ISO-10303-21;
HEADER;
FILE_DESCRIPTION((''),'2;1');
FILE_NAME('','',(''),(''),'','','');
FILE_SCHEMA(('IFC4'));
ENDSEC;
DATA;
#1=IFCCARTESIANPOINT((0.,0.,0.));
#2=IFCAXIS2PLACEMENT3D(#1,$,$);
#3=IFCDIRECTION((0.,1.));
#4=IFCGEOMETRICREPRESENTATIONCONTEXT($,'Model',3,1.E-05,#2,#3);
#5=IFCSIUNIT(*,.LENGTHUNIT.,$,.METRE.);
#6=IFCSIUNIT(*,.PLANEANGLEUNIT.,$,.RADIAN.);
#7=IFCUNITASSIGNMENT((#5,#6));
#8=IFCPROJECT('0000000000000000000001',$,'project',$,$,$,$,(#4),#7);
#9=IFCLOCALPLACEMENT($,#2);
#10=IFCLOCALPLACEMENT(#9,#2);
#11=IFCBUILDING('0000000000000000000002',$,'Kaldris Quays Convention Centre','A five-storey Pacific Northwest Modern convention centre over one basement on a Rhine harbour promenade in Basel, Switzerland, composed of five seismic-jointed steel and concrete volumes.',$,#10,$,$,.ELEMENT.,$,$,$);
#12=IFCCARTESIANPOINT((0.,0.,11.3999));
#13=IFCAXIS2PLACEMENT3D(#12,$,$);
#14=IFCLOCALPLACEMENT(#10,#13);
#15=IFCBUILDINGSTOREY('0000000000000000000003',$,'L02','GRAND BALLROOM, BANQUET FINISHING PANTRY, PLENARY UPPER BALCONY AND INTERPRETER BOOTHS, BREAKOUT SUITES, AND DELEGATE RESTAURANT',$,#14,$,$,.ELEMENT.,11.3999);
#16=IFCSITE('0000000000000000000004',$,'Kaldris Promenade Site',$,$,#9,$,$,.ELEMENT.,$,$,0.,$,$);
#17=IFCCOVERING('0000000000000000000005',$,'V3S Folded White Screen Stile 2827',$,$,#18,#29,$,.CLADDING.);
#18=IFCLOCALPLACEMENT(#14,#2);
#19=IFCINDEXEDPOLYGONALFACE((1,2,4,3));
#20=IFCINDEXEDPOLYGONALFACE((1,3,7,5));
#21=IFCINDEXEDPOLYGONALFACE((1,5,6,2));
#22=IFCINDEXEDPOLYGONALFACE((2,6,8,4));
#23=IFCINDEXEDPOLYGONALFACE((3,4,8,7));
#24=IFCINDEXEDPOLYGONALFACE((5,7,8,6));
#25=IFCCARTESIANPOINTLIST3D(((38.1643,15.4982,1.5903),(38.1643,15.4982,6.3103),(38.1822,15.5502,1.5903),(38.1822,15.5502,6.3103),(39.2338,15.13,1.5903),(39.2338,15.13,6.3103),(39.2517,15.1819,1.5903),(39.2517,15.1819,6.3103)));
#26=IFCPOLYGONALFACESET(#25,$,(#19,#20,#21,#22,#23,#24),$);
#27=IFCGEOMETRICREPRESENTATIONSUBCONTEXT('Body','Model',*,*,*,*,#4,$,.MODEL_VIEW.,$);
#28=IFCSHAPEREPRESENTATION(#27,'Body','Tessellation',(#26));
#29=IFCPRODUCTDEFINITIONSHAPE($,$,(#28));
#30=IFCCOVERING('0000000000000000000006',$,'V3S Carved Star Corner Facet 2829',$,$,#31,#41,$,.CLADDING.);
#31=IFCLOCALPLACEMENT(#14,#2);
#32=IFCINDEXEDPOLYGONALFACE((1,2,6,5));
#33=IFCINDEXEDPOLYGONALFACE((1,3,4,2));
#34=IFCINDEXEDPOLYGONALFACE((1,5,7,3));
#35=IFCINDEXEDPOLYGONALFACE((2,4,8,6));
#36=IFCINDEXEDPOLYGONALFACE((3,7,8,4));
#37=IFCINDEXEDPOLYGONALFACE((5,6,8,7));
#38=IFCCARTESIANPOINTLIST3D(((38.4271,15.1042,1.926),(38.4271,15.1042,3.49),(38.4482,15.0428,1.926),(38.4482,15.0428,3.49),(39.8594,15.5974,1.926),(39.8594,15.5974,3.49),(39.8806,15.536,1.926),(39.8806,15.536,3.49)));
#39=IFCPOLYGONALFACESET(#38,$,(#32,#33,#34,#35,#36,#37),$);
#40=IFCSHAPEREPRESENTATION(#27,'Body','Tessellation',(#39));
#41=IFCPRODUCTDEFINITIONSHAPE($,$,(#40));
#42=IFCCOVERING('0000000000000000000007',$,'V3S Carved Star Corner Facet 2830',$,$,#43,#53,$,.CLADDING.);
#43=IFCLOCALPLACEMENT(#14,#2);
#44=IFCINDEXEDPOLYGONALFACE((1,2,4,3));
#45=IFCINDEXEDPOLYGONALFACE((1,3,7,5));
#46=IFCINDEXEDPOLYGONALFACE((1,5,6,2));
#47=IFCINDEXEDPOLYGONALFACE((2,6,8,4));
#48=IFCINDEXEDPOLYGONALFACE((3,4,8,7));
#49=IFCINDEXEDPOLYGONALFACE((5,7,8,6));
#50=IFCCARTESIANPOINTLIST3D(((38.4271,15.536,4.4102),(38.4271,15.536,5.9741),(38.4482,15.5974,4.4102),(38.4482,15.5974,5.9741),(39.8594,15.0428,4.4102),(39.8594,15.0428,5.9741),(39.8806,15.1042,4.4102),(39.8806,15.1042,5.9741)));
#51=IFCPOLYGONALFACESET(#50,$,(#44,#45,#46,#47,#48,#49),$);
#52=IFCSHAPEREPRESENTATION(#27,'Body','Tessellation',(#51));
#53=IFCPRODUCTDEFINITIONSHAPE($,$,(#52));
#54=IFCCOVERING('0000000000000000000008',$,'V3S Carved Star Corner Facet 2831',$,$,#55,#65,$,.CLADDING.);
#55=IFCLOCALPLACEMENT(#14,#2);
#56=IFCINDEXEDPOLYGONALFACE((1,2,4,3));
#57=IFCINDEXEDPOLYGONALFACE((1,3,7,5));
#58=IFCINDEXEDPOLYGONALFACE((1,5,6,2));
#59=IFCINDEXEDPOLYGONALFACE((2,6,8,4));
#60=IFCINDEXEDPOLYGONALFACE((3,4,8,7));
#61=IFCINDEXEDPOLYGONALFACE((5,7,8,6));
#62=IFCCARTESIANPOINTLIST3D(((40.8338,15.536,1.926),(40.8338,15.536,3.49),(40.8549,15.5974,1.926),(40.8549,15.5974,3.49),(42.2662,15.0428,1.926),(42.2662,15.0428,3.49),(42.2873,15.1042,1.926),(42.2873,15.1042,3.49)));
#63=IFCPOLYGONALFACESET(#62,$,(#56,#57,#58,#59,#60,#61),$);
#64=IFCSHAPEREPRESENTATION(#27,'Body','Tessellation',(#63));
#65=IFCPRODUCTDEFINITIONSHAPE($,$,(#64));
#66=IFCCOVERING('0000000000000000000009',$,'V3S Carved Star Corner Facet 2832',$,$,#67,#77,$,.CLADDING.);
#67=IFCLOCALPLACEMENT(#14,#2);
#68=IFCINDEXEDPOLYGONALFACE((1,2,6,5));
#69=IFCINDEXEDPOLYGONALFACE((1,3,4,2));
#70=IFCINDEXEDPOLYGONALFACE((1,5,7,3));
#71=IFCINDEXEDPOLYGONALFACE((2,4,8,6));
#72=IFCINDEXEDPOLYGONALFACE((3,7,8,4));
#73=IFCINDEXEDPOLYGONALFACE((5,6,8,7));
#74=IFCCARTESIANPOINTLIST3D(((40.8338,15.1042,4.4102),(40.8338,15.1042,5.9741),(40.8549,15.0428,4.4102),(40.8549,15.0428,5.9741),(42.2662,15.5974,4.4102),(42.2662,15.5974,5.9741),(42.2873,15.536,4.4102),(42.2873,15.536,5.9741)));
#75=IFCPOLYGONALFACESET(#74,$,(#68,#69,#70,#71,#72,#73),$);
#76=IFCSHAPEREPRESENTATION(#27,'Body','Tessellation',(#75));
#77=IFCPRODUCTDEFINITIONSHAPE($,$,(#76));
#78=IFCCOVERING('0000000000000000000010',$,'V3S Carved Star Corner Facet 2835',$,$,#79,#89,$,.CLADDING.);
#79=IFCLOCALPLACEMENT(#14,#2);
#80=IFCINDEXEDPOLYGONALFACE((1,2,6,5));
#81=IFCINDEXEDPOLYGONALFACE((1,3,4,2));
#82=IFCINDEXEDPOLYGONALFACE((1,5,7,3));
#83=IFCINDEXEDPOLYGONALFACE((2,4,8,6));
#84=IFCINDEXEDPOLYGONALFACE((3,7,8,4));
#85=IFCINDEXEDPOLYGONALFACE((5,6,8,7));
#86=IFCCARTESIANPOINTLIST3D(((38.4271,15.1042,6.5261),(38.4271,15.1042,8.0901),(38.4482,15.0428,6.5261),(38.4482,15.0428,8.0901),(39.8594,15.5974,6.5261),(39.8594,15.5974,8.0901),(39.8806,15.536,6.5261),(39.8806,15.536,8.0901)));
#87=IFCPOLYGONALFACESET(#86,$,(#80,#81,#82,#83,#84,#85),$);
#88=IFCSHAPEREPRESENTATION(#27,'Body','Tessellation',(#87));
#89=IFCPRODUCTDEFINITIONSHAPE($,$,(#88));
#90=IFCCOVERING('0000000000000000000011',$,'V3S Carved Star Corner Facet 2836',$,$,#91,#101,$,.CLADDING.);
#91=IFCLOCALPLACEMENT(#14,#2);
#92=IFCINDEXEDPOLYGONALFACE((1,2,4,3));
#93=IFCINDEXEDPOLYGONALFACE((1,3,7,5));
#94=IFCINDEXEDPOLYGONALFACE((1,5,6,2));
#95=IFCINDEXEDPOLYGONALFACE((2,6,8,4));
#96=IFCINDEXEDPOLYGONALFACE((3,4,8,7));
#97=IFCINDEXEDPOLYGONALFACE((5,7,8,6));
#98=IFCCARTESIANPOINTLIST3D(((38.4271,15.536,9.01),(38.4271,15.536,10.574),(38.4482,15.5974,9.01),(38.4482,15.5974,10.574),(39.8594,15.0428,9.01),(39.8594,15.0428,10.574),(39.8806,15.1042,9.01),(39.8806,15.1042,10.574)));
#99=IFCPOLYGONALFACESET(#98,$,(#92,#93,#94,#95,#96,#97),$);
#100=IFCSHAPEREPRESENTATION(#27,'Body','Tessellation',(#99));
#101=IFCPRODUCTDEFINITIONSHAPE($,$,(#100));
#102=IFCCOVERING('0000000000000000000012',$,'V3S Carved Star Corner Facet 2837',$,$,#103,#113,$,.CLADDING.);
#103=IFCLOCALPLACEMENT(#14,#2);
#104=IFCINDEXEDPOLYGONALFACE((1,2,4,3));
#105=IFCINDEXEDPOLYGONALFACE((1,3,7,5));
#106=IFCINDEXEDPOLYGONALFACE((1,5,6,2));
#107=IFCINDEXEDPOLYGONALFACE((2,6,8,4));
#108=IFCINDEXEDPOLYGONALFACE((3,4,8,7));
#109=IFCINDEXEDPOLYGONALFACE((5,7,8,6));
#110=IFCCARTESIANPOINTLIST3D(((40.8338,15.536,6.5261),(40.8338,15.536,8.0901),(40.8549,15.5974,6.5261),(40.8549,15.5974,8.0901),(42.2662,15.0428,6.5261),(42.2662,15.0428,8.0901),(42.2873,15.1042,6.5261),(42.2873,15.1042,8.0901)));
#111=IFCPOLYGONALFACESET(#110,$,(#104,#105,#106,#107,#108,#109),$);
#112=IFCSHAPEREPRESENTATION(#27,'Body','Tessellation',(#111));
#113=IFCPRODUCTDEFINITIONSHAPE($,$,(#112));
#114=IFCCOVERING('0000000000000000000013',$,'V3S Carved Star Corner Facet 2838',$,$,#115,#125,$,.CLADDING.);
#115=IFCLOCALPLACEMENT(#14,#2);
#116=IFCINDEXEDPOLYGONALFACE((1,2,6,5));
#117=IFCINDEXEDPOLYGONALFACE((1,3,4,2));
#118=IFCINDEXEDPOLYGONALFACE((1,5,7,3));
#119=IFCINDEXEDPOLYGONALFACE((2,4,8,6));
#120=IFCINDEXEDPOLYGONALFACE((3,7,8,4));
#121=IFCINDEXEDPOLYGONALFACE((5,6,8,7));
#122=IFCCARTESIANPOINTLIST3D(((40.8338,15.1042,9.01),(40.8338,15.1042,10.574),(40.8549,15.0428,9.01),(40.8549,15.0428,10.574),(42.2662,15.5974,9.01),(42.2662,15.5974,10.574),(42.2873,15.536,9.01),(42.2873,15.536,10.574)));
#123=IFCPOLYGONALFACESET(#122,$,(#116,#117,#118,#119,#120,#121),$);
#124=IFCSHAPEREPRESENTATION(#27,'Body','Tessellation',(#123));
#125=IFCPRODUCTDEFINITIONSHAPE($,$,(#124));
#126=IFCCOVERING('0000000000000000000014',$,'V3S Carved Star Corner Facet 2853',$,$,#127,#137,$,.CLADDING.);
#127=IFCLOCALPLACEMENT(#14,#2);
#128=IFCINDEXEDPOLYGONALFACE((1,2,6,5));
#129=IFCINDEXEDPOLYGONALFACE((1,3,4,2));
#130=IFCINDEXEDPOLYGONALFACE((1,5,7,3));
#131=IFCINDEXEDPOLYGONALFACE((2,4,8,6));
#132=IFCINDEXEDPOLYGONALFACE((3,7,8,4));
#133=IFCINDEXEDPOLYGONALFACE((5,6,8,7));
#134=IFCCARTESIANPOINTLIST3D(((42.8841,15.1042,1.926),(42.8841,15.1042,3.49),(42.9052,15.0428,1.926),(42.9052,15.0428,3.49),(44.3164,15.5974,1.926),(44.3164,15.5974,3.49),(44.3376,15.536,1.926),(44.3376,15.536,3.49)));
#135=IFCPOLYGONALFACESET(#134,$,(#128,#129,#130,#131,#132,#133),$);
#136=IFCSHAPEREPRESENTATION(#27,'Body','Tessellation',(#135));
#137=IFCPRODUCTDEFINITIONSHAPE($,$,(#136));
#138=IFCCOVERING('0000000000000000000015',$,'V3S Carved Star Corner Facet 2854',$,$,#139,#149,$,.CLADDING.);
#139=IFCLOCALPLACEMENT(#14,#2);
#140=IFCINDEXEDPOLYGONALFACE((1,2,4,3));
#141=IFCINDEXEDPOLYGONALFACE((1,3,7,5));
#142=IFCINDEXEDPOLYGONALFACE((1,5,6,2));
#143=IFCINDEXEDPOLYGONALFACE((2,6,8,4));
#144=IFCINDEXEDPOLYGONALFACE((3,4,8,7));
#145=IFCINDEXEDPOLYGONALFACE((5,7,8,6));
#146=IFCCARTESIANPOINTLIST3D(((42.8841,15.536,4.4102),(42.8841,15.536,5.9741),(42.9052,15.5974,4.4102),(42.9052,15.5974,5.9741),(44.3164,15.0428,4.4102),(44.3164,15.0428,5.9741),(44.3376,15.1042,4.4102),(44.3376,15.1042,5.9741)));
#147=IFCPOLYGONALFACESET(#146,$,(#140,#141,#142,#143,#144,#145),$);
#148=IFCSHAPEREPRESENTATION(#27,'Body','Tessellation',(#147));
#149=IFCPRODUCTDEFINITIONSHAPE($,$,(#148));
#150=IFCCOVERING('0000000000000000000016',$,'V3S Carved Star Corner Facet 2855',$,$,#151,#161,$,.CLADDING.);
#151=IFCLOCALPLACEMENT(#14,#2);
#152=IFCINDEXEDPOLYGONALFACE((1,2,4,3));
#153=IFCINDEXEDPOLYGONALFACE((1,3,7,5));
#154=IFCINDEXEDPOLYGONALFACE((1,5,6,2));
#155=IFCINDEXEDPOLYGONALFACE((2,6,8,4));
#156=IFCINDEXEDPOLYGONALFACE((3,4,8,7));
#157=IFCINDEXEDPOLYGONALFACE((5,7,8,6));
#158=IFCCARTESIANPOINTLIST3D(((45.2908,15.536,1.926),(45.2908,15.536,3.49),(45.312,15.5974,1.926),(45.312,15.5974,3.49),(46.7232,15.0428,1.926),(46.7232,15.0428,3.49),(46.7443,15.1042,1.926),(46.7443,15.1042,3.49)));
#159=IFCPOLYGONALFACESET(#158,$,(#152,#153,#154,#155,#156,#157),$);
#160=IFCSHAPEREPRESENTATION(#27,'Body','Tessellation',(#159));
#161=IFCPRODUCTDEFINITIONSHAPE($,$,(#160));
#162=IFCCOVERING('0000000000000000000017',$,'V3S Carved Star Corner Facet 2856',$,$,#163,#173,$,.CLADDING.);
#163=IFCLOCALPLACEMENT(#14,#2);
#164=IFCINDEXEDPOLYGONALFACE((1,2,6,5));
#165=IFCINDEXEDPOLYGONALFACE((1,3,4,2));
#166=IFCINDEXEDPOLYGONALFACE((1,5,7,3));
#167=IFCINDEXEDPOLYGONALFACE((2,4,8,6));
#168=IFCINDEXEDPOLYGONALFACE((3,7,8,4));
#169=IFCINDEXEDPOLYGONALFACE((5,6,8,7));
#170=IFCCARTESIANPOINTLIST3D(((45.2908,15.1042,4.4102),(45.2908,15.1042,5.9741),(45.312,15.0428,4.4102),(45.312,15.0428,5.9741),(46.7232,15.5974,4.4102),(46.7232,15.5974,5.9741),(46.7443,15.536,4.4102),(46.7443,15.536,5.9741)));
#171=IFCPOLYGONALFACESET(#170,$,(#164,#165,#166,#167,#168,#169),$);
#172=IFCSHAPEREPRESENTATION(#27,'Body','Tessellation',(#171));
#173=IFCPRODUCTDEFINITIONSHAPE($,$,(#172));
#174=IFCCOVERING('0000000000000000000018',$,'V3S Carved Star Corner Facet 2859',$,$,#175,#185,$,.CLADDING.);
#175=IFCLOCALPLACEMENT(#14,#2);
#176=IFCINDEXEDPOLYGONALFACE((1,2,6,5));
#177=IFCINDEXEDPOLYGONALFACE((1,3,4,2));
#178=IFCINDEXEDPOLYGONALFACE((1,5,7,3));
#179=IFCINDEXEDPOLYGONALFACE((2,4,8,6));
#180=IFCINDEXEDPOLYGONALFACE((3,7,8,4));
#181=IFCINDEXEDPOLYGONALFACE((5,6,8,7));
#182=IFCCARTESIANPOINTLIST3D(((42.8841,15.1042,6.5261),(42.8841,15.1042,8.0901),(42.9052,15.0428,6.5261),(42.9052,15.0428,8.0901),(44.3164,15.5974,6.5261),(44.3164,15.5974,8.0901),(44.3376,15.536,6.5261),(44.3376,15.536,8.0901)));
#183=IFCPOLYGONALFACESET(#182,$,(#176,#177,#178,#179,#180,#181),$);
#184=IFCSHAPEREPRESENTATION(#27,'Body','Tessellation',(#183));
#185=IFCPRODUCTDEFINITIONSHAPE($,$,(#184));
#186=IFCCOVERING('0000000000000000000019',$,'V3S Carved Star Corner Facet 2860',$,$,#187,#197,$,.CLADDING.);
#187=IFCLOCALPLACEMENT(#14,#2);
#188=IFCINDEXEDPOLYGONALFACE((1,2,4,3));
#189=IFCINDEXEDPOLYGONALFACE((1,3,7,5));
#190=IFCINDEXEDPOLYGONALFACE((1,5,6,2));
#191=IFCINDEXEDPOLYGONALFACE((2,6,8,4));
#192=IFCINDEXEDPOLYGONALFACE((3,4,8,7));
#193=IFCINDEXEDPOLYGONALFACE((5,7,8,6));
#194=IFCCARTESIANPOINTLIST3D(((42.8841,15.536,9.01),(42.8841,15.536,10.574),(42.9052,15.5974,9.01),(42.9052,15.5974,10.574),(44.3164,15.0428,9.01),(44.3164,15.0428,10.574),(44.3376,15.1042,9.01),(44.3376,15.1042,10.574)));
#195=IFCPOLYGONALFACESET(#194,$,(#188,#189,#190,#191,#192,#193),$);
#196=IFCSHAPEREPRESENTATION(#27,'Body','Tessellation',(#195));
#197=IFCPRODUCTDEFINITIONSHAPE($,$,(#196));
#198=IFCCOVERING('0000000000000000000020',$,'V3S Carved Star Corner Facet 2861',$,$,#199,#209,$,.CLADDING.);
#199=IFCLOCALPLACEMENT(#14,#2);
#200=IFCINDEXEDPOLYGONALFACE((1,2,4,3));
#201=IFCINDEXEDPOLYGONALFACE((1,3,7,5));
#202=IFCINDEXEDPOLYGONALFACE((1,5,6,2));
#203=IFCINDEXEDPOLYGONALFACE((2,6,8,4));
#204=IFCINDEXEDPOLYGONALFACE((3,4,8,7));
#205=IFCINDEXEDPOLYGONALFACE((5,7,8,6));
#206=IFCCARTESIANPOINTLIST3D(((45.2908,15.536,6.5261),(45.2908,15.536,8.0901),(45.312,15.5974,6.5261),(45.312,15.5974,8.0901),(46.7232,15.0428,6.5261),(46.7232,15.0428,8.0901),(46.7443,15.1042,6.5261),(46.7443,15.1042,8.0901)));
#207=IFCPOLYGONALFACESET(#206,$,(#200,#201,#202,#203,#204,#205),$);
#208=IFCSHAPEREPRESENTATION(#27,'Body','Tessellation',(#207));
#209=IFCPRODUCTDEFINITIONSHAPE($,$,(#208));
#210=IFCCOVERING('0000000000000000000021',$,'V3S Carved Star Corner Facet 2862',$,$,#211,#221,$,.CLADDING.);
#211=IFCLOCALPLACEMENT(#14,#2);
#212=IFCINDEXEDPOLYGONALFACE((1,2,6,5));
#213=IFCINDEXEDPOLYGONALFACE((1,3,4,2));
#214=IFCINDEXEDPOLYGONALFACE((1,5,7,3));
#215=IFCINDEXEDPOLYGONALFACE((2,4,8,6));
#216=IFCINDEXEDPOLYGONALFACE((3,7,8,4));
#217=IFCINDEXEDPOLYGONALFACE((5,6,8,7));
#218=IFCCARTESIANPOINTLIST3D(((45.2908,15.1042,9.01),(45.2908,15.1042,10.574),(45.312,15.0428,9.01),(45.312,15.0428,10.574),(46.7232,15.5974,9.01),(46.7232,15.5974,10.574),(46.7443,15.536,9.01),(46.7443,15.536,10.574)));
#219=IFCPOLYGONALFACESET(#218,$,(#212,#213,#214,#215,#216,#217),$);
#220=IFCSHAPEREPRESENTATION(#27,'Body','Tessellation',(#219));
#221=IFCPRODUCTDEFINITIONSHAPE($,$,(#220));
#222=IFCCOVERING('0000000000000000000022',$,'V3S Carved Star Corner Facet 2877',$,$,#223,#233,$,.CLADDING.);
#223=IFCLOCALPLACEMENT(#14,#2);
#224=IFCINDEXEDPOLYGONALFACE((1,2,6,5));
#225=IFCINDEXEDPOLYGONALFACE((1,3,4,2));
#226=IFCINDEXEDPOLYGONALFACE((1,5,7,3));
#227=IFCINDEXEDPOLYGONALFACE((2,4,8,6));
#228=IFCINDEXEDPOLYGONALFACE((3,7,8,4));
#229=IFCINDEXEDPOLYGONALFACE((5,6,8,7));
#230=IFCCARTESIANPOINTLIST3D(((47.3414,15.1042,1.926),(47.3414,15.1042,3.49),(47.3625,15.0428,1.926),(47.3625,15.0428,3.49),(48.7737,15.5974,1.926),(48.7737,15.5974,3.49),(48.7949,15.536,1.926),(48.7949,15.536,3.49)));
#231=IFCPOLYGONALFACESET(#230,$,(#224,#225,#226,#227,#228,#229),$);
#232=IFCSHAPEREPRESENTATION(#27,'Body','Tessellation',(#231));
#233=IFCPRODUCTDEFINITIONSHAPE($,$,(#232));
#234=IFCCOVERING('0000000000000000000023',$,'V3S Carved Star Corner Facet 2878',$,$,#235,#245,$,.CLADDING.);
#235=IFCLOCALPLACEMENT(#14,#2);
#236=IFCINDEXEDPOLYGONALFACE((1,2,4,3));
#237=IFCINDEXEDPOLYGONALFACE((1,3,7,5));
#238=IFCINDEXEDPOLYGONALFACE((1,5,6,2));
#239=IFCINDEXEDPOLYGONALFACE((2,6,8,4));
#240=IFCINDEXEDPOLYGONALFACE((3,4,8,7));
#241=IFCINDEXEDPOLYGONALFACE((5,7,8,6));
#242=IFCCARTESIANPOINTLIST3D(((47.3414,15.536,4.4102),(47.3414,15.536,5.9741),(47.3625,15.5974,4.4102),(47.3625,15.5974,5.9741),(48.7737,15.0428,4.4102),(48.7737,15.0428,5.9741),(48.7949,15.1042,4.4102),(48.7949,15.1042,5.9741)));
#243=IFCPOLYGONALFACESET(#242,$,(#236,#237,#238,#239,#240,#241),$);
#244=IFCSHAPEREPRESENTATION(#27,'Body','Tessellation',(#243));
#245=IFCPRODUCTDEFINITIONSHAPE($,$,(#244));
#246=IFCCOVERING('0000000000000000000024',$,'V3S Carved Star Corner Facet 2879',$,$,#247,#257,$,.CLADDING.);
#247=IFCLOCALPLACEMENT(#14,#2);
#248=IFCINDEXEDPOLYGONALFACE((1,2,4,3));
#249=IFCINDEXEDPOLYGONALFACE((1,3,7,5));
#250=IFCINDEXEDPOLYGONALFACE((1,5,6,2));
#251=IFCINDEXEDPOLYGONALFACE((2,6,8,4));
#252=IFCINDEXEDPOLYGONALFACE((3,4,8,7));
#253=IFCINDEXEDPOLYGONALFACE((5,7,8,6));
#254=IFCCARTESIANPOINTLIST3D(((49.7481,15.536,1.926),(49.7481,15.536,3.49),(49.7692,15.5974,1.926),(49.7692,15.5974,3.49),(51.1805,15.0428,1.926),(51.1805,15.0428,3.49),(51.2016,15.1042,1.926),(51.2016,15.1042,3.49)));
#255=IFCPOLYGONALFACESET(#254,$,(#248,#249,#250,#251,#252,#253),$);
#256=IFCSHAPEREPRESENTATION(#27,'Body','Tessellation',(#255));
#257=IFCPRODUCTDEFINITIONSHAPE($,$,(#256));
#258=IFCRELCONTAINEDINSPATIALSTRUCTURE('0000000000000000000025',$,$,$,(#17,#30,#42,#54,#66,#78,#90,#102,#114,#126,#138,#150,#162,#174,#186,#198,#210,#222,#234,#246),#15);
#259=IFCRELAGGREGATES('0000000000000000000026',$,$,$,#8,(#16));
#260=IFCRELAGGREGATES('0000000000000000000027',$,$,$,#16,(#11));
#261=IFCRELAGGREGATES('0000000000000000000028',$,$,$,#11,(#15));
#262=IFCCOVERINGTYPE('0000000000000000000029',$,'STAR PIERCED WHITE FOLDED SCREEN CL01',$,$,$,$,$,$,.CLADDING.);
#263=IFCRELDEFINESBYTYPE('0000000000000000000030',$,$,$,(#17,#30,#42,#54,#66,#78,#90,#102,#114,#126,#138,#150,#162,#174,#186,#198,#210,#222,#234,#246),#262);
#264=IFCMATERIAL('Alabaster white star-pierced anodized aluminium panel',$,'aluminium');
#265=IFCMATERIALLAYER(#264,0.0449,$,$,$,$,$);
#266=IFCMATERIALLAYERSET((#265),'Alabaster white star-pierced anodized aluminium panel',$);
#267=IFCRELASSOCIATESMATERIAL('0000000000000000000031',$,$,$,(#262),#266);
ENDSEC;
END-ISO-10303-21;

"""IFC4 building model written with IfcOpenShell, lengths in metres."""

from ifc_helpers import new_model, si_unit, direction, frame, origin, origin_2d, place, context, subcontext, project, spatial, rectangle, extrude, material, layer, layer_set, type_object, element, save


model = new_model("IFC4")

# Units and contexts
model_context = context("Model", 3, precision=1e-05, world=origin(), true_north=direction((0.0, 1.0)))
body_context = subcontext(model_context, "Body", "Model", "MODEL_VIEW")
ifc_project = project(units=[si_unit("LENGTHUNIT", "METRE"), si_unit("PLANEANGLEUNIT", "RADIAN")], contexts=[model_context])

# Site, building, storey
site_placement = place(None, origin())
site = spatial("IfcSite", under=ifc_project, at=site_placement, Name="Kaldris Promenade Site", CompositionType="ELEMENT", RefElevation=0.0)
building_placement = place(site_placement, origin())
building = spatial("IfcBuilding", under=site, at=building_placement, Name="Kaldris Quays Convention Centre", Description="A five-storey Pacific Northwest Modern convention centre over one basement on a Rhine harbour promenade in Basel, Switzerland, composed of five seismic-jointed steel and concrete volumes.", CompositionType="ELEMENT")
storey_placement = place(building_placement, frame((0.0, 0.0, 11.3999)))
storey = spatial("IfcBuildingStorey", under=building, at=storey_placement, Name="L02", Description="GRAND BALLROOM, BANQUET FINISHING PANTRY, PLENARY UPPER BALCONY AND INTERPRETER BOOTHS, BREAKOUT SUITES, AND DELEGATE RESTAURANT", CompositionType="ELEMENT", Elevation=11.3999)

# Coverings
ifc_material = material(Name="Alabaster white star-pierced anodized aluminium panel", Category="aluminium")
ifc_layer = layer(ifc_material, 0.0449)
ifc_layer_set = layer_set([ifc_layer], Name="Alabaster white star-pierced anodized aluminium panel")
covering_type = type_object("IfcCoveringType", Name="STAR PIERCED WHITE FOLDED SCREEN CL01", PredefinedType="CLADDING", material=ifc_layer_set)
covering_placement = place(storey_placement, frame((38.708, 15.3401, 1.5903), z_axis=(0.0, 0.0, 1.0), x_axis=(0.945519, -0.325568, 0.0)))
element("IfcCovering", 1, at=covering_placement, inside=storey, type_object=covering_type, Name="V3S Folded White Screen Stile 2827", PredefinedType="CLADDING", context=body_context, shape_type="SweptSolid", body=[
    extrude(rectangle(XDim=1.1311, YDim=0.0549, at=origin_2d()), origin(), (0.0, 0.0, 1.0), 4.72),
])
for number, where, z_axis, x_axis, name in (
    (2, (39.1538, 15.3201, 1.926), (0.0, 0.0, 1.0), (0.945519, 0.325568, 0.0), "V3S Carved Star Corner Facet 2829"),
    (3, (39.1538, 15.3201, 4.4102), (0.0, 0.0, 1.0), (0.945519, -0.325568, 0.0), "V3S Carved Star Corner Facet 2830"),
    (4, (41.5605, 15.3201, 1.926), (0.0, 0.0, 1.0), (0.945519, -0.325568, 0.0), "V3S Carved Star Corner Facet 2831"),
    (5, (41.5605, 15.3201, 4.4102), (0.0, 0.0, 1.0), (0.945519, 0.325568, 0.0), "V3S Carved Star Corner Facet 2832"),
    (6, (39.1538, 15.3201, 6.5261), (0.0, 0.0, 1.0), (0.945519, 0.325568, 0.0), "V3S Carved Star Corner Facet 2835"),
    (7, (39.1538, 15.3201, 9.01), (0.0, 0.0, 1.0), (0.945519, -0.325568, 0.0), "V3S Carved Star Corner Facet 2836"),
    (8, (41.5605, 15.3201, 6.5261), (0.0, 0.0, 1.0), (0.945519, -0.325568, 0.0), "V3S Carved Star Corner Facet 2837"),
    (9, (41.5605, 15.3201, 9.01), (0.0, 0.0, 1.0), (0.945519, 0.325568, 0.0), "V3S Carved Star Corner Facet 2838"),
    (10, (43.6108, 15.3201, 1.926), (0.0, 0.0, 1.0), (0.945519, 0.325568, 0.0), "V3S Carved Star Corner Facet 2853"),
    (11, (43.6108, 15.3201, 4.4102), (0.0, 0.0, 1.0), (0.945519, -0.325568, 0.0), "V3S Carved Star Corner Facet 2854"),
    (12, (46.0176, 15.3201, 1.926), (0.0, 0.0, 1.0), (0.945519, -0.325568, 0.0), "V3S Carved Star Corner Facet 2855"),
    (13, (46.0176, 15.3201, 4.4102), (0.0, 0.0, 1.0), (0.945519, 0.325568, 0.0), "V3S Carved Star Corner Facet 2856"),
    (14, (43.6108, 15.3201, 6.5261), (0.0, 0.0, 1.0), (0.945519, 0.325568, 0.0), "V3S Carved Star Corner Facet 2859"),
    (15, (43.6108, 15.3201, 9.01), (0.0, 0.0, 1.0), (0.945519, -0.325568, 0.0), "V3S Carved Star Corner Facet 2860"),
    (16, (46.0176, 15.3201, 6.5261), (0.0, 0.0, 1.0), (0.945519, -0.325568, 0.0), "V3S Carved Star Corner Facet 2861"),
    (17, (46.0176, 15.3201, 9.01), (0.0, 0.0, 1.0), (0.945519, 0.325568, 0.0), "V3S Carved Star Corner Facet 2862"),
    (18, (48.0681, 15.3201, 1.926), (0.0, 0.0, 1.0), (0.945519, 0.325568, 0.0), "V3S Carved Star Corner Facet 2877"),
    (19, (48.0681, 15.3201, 4.4102), (0.0, 0.0, 1.0), (0.945519, -0.325568, 0.0), "V3S Carved Star Corner Facet 2878"),
    (20, (50.4749, 15.3201, 1.926), (0.0, 0.0, 1.0), (0.945519, -0.325568, 0.0), "V3S Carved Star Corner Facet 2879"),
):
    element("IfcCovering", number, at=place(storey_placement, frame(where, z_axis=z_axis, x_axis=x_axis)), inside=storey, type_object=covering_type, Name=name, PredefinedType="CLADDING", context=body_context, shape_type="SweptSolid", body=[
        extrude(rectangle(XDim=1.5149, YDim=0.0649, at=origin_2d()), origin(), (0.0, 0.0, 1.0), 1.564),
    ])

save(model, "model.ifc")
